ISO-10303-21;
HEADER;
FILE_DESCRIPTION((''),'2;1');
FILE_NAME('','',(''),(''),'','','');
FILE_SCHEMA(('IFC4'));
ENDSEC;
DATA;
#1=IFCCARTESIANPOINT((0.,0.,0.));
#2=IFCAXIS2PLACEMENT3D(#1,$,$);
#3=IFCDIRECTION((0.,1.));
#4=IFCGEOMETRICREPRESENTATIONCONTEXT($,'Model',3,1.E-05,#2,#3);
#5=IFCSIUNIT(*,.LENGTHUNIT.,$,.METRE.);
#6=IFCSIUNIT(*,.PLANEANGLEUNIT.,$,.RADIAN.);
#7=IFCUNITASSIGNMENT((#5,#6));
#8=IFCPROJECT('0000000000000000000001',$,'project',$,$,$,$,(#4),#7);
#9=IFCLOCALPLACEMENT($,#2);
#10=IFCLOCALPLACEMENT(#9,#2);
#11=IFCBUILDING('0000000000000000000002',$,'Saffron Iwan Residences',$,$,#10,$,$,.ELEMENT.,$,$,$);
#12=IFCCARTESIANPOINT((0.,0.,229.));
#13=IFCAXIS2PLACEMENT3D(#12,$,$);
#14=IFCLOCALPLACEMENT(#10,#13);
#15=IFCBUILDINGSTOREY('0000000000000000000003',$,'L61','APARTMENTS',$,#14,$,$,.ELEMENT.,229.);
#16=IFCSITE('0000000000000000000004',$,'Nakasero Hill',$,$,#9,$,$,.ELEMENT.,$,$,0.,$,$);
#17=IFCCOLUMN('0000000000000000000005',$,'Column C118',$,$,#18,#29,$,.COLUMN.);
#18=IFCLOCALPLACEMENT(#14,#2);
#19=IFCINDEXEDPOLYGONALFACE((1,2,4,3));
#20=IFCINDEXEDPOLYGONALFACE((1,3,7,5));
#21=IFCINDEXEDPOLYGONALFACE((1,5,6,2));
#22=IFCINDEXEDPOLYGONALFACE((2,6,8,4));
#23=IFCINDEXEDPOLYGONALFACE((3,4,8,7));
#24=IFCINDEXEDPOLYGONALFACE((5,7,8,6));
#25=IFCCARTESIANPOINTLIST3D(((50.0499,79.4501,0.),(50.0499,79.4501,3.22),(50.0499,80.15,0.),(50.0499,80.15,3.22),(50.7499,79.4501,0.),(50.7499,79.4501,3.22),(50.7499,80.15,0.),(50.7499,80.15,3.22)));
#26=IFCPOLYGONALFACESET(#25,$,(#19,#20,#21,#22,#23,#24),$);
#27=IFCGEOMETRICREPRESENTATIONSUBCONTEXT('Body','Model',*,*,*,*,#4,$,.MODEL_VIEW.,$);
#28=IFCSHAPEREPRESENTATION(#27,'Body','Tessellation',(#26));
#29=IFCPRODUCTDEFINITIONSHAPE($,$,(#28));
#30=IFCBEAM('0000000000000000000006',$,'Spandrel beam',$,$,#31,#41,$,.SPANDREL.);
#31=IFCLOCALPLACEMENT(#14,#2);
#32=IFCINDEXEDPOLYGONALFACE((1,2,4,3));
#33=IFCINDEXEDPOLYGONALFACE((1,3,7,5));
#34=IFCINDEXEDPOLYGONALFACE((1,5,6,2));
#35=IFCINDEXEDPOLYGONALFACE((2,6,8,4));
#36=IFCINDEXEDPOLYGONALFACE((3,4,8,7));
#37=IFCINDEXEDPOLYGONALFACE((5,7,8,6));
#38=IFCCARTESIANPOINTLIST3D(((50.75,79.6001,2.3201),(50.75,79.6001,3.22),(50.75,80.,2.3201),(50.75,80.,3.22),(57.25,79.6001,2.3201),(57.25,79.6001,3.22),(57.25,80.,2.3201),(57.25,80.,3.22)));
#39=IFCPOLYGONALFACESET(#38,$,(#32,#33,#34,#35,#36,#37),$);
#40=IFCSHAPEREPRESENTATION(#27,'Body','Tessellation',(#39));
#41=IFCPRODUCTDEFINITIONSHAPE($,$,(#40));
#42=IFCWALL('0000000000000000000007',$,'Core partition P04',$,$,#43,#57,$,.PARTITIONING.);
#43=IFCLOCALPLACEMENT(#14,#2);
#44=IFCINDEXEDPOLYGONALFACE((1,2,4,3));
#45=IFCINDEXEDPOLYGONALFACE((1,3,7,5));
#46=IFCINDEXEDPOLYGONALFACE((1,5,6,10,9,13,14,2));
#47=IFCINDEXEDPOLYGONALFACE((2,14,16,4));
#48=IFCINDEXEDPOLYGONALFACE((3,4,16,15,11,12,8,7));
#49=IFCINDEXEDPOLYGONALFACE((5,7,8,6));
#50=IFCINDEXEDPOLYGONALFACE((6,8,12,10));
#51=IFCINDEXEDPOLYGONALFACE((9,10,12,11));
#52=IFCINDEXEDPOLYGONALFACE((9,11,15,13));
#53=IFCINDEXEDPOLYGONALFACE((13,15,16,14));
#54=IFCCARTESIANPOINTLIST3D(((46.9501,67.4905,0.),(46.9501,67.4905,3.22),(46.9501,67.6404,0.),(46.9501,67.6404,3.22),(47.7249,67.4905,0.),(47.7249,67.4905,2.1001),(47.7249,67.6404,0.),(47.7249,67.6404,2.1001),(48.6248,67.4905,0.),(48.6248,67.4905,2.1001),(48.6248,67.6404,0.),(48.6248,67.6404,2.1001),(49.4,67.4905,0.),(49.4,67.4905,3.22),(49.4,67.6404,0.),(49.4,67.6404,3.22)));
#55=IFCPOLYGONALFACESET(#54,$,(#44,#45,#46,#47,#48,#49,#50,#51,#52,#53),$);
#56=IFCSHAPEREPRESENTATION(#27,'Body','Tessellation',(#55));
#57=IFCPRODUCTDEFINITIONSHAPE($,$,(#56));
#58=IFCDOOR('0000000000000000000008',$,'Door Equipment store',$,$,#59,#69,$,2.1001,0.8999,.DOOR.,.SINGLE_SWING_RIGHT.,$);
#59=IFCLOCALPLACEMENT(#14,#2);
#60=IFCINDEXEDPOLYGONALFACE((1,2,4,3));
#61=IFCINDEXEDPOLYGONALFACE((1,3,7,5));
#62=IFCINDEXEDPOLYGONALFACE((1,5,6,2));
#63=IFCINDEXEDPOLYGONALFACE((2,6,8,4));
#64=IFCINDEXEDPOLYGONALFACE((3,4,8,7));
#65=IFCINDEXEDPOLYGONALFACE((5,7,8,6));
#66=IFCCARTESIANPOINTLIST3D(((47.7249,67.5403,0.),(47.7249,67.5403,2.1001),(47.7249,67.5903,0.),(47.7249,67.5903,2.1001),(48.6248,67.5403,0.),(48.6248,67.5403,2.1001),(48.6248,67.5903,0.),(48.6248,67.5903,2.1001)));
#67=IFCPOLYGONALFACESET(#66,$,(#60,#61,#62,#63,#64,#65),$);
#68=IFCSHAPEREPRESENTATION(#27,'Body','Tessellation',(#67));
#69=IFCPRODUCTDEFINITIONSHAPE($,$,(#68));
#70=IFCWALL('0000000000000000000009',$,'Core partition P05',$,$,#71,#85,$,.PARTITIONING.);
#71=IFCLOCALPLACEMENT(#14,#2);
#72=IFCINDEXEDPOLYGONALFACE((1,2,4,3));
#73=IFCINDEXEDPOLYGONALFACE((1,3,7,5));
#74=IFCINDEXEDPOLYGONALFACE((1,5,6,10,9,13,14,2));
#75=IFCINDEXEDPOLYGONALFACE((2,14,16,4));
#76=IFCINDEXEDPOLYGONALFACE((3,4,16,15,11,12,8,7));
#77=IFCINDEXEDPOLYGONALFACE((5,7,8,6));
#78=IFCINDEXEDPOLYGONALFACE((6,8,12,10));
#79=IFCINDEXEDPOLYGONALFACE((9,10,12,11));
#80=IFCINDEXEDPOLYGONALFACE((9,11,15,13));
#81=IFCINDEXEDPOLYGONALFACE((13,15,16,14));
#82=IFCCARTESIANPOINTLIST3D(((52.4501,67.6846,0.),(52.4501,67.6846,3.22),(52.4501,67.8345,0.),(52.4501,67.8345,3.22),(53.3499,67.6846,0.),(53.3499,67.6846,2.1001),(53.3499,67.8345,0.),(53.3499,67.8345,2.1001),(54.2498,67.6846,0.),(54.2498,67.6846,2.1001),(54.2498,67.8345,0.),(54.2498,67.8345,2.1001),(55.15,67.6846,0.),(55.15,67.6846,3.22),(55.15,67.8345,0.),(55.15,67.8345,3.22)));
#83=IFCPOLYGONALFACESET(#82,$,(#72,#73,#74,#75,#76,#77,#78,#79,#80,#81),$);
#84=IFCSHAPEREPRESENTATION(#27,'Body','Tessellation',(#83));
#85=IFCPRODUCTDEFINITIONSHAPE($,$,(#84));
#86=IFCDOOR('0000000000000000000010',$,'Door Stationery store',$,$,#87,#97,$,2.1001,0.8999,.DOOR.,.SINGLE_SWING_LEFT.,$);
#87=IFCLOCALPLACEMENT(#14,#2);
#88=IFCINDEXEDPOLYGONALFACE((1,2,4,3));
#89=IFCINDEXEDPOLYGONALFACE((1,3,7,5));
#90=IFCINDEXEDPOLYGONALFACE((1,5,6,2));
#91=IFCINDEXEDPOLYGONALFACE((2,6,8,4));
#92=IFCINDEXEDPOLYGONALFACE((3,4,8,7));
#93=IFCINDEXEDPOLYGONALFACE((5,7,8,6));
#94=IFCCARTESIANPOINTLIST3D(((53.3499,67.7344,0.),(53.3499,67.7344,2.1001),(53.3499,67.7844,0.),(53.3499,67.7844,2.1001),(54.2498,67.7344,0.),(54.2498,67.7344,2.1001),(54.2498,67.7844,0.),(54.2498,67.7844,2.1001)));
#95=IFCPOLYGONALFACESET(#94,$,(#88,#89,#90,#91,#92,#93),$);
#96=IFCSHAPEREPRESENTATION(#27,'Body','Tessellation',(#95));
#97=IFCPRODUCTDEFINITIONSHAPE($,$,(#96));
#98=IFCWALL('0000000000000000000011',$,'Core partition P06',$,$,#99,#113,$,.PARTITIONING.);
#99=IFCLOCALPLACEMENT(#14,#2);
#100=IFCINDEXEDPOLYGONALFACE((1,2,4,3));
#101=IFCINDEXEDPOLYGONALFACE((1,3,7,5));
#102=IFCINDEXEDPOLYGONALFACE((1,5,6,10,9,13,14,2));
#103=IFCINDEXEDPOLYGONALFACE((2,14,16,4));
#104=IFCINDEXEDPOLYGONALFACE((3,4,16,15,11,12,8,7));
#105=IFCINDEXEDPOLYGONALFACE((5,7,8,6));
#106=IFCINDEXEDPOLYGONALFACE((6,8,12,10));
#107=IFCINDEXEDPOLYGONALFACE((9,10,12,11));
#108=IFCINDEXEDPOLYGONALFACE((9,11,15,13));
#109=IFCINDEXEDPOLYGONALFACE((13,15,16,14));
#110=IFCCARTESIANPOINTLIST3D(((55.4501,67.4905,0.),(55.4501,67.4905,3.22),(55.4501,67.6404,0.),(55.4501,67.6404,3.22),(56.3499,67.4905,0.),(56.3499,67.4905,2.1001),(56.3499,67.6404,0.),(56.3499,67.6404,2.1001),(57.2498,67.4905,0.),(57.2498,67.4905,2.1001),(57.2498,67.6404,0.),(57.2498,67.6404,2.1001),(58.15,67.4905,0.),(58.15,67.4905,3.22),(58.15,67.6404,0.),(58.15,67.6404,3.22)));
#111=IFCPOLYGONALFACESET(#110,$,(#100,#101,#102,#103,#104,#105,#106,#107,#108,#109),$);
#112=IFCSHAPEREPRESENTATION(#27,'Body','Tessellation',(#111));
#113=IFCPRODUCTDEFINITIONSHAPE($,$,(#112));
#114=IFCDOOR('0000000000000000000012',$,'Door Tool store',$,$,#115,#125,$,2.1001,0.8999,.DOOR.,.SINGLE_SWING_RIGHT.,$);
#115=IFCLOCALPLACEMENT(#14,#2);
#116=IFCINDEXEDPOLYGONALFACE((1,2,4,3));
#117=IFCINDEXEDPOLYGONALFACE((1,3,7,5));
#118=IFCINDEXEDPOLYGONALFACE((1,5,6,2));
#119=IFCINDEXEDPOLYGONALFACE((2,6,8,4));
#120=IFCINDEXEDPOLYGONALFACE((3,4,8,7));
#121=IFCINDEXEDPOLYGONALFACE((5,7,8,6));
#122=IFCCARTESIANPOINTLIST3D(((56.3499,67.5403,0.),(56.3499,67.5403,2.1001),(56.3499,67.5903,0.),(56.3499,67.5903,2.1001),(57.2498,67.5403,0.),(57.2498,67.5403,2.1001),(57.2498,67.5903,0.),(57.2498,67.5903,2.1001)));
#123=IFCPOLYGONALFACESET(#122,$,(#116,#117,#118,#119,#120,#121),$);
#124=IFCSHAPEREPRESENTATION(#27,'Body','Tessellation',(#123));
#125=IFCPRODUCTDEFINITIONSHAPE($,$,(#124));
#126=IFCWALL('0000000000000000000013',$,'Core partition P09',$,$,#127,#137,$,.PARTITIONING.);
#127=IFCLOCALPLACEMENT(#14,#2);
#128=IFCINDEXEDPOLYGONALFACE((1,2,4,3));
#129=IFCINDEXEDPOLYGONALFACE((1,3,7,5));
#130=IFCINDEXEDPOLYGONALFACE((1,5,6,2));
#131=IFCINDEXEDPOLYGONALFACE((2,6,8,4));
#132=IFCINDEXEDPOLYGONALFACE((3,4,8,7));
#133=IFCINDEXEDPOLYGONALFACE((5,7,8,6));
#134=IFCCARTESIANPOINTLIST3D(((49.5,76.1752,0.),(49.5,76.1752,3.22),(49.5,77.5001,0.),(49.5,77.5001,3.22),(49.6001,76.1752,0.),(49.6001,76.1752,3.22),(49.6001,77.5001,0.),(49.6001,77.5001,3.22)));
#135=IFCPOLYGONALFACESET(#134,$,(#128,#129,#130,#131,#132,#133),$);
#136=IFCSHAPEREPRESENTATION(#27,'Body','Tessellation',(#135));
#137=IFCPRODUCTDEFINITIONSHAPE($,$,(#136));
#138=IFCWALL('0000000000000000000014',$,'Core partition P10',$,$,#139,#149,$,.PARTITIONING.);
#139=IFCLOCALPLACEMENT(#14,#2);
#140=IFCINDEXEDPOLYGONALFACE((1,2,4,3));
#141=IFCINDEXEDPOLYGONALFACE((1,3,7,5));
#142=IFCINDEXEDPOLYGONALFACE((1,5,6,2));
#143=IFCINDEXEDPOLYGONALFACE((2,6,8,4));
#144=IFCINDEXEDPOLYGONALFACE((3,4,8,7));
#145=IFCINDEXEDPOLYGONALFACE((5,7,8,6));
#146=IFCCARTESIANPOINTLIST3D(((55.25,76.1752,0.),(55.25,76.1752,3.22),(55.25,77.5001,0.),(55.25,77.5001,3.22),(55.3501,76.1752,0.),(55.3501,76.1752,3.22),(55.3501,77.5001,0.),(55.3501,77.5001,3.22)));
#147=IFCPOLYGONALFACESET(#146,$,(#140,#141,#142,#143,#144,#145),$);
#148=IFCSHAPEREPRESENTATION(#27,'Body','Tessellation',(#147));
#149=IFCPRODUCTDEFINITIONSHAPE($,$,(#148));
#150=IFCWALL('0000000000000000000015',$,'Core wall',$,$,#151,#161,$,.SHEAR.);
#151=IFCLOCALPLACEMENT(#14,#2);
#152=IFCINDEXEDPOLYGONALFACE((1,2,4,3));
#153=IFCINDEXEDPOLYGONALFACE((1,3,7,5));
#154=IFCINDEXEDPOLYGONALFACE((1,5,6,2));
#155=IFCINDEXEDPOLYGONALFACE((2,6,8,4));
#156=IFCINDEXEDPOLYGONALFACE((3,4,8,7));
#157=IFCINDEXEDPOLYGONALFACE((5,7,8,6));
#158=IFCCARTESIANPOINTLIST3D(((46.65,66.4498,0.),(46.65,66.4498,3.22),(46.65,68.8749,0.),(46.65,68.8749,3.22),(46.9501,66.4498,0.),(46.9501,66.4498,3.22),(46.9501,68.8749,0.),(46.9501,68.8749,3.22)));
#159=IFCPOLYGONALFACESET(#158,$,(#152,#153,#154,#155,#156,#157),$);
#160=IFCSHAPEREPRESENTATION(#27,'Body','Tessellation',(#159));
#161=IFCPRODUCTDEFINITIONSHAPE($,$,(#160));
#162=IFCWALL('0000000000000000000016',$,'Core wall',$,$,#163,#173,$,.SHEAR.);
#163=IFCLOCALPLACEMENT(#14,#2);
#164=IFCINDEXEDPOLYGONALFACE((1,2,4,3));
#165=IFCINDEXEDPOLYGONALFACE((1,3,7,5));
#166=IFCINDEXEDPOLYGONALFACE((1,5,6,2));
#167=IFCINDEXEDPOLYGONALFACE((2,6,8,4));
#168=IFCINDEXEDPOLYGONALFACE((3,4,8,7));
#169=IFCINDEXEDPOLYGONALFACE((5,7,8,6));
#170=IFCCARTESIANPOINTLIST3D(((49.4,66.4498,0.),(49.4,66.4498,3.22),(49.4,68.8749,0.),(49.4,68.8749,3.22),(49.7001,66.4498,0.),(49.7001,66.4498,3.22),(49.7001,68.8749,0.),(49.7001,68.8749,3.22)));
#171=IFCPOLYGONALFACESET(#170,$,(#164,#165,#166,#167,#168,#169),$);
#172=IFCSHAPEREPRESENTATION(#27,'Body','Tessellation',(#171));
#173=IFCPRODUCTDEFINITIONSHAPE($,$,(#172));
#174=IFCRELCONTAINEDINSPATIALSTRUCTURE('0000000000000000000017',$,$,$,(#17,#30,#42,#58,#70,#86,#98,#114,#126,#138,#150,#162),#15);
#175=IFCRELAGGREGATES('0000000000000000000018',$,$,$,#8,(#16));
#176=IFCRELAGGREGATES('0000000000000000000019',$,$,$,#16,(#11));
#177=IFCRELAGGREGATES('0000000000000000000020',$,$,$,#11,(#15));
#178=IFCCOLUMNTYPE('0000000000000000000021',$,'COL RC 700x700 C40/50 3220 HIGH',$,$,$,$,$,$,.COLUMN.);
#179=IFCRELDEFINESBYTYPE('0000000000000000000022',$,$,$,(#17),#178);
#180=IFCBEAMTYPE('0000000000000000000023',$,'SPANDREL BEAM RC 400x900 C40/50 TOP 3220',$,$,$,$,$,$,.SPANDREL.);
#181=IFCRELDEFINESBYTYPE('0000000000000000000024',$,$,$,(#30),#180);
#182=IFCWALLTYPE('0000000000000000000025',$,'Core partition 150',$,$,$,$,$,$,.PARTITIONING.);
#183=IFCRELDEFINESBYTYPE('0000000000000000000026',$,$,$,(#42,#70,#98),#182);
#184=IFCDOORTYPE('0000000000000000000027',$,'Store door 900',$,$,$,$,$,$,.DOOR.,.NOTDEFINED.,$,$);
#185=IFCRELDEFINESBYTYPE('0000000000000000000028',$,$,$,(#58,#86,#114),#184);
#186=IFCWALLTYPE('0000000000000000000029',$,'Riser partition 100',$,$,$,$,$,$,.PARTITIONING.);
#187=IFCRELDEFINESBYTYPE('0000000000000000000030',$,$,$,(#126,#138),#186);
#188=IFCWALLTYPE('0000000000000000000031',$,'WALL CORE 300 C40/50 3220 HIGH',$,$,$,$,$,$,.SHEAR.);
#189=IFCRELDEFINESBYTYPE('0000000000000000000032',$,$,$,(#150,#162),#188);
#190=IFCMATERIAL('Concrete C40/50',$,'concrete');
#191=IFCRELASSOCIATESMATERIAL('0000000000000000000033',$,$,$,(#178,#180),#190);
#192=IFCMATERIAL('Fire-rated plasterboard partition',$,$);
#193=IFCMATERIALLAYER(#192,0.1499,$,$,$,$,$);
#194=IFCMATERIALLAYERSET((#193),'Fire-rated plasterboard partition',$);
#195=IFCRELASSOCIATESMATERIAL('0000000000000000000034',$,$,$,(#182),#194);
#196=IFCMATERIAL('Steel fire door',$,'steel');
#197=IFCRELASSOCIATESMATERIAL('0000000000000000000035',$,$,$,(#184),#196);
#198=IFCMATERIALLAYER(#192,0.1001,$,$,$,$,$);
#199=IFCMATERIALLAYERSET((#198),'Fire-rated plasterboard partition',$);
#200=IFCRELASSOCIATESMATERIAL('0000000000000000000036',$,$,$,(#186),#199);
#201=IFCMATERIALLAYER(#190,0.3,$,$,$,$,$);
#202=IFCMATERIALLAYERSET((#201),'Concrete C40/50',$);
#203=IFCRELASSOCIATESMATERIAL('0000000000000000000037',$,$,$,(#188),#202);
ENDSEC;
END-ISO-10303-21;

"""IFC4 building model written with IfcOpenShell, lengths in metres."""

from ifc_helpers import new_model, si_unit, direction, frame, frame_2d, origin, origin_2d, place, context, subcontext, project, spatial, rectangle, extrude, source, transform, mapped, material, layer, layer_set, material_profile, profile_set, type_object, element, fill, save


model = new_model("IFC4")

# Units and contexts
model_context = context("Model", 3, precision=1e-05, world=origin(), true_north=direction((0.0, 1.0)))
body_context = subcontext(model_context, "Body", "Model", "MODEL_VIEW")
ifc_project = project(units=[si_unit("LENGTHUNIT", "METRE"), si_unit("PLANEANGLEUNIT", "RADIAN")], contexts=[model_context])

# Site, building, storey
site_placement = place(None, origin())
site = spatial("IfcSite", under=ifc_project, at=site_placement, Name="Nakasero Hill", CompositionType="ELEMENT", RefElevation=0.0)
building_placement = place(site_placement, origin())
building = spatial("IfcBuilding", under=site, at=building_placement, Name="Saffron Iwan Residences", CompositionType="ELEMENT")
storey_placement = place(building_placement, frame((0.0, 0.0, 229.0)))
storey = spatial("IfcBuildingStorey", under=building, at=storey_placement, Name="L61", Description="APARTMENTS", CompositionType="ELEMENT", Elevation=229.0)

# Column
ifc_material_1 = material(Name="Concrete C40/50", Category="concrete")
ifc_material_profile_1 = material_profile(ifc_material_1, rectangle(XDim=0.7, YDim=0.7, at=origin_2d()), Name="RC 700x700")
ifc_profile_set_1 = profile_set([ifc_material_profile_1], Name="Concrete C40/50")
column_type = type_object("IfcColumnType", Name="COL RC 700x700 C40/50 3220 HIGH", PredefinedType="COLUMN", material=ifc_profile_set_1)
shared_shape_1 = source(origin(), body_context, "Body", "SweptSolid", [
    extrude(rectangle(XDim=0.7, YDim=0.7, at=origin_2d()), origin(), (0.0, 0.0, 1.0), 3.22),
])
column_placement = place(storey_placement, frame((50.3999, 79.8, 0.0), z_axis=(0.0, 0.0, 1.0), x_axis=(1.0, 0.0, 0.0)))
element("IfcColumn", 1, at=column_placement, inside=storey, type_object=column_type, Name="Column C118", PredefinedType="COLUMN", context=body_context, shape_type="MappedRepresentation", body=[
    mapped(shared_shape_1, transform((0.0, 0.0, 0.0))),
])

# Beam
ifc_material_profile_2 = material_profile(ifc_material_1, rectangle(XDim=0.3999, YDim=0.8999, at=origin_2d()), Name="RC 400x900")
ifc_profile_set_2 = profile_set([ifc_material_profile_2], Name="Concrete C40/50")
beam_type = type_object("IfcBeamType", Name="SPANDREL BEAM RC 400x900 C40/50 TOP 3220", PredefinedType="SPANDREL", material=ifc_profile_set_2)
shared_shape_2 = source(origin(), body_context, "Body", "SweptSolid", [
    extrude(rectangle(XDim=0.3999, YDim=0.8999, at=origin_2d()), origin(), (0.0, 0.0, 1.0), 6.5),
])
beam_placement = place(storey_placement, frame((50.75, 79.8, 2.77), z_axis=(1.0, 0.0, 0.0), x_axis=(0.0, 1.0, 0.0)))
element("IfcBeam", 2, at=beam_placement, inside=storey, type_object=beam_type, Name="Spandrel beam", PredefinedType="SPANDREL", context=body_context, shape_type="MappedRepresentation", body=[
    mapped(shared_shape_2, transform((0.0, 0.0, 0.0))),
])

# Walls, openings, doors
ifc_material_2 = material(Name="Fire-rated plasterboard partition")
ifc_layer_1 = layer(ifc_material_2, 0.1499)
ifc_layer_set_1 = layer_set([ifc_layer_1], Name="Fire-rated plasterboard partition")
wall_type_1 = type_object("IfcWallType", Name="Core partition 150", PredefinedType="PARTITIONING", material=ifc_layer_set_1)
wall_1_placement = place(storey_placement, frame((46.95, 67.5654, 0.0), z_axis=(0.0, 0.0, 1.0), x_axis=(1.0, 0.0, 0.0)))
wall_1 = element("IfcWall", 3, at=wall_1_placement, inside=storey, type_object=wall_type_1, Name="Core partition P04", PredefinedType="PARTITIONING", context=body_context, shape_type="SweptSolid", body=[
    extrude(rectangle(XDim=2.45, YDim=0.1499, at=frame_2d((1.2251, 0.0))), origin(), (0.0, 0.0, 1.0), 3.22),
])
opening_1_placement = place(wall_1_placement, frame((0.7749, 0.0, 0.0)))
opening_1 = element("IfcOpeningElement", 4, at=opening_1_placement, cuts=wall_1, PredefinedType="OPENING", context=body_context, shape_type="SweptSolid", body=[
    extrude(rectangle(XDim=0.8999, YDim=2.1001, at=frame_2d((0.45, 1.05))), frame((0.0, 0.085, 0.0), z_axis=(0.0, -1.0, 0.0), x_axis=(1.0, 0.0, 0.0)), (0.0, 0.0, 1.0), 0.1699),
])
ifc_material_3 = material(Name="Steel fire door", Category="steel")
door_type = type_object("IfcDoorType", Name="Store door 900", OperationType="NOTDEFINED", PredefinedType="DOOR", material=ifc_material_3)
door_1_placement = place(opening_1_placement, origin())
door_1 = element("IfcDoor", 5, at=door_1_placement, inside=storey, type_object=door_type, Name="Door Equipment store", OperationType="SINGLE_SWING_RIGHT", OverallHeight=2.1001, OverallWidth=0.8999, PredefinedType="DOOR", context=body_context, shape_type="SweptSolid", body=[
    extrude(rectangle(XDim=0.8999, YDim=2.1001, at=frame_2d((0.45, 1.05))), frame((0.0, 0.0249, 0.0), z_axis=(0.0, -1.0, 0.0), x_axis=(1.0, 0.0, 0.0)), (0.0, 0.0, 1.0), 0.05),
])
fill(opening_1, door_1)
wall_2_placement = place(storey_placement, frame((52.45, 67.7595, 0.0), z_axis=(0.0, 0.0, 1.0), x_axis=(1.0, 0.0, 0.0)))
wall_2 = element("IfcWall", 6, at=wall_2_placement, inside=storey, type_object=wall_type_1, Name="Core partition P05", PredefinedType="PARTITIONING", context=body_context, shape_type="SweptSolid", body=[
    extrude(rectangle(XDim=2.7, YDim=0.1499, at=frame_2d((1.3501, 0.0))), origin(), (0.0, 0.0, 1.0), 3.22),
])
opening_2_placement = place(wall_2_placement, frame((0.8999, 0.0, 0.0)))
opening_2 = element("IfcOpeningElement", 7, at=opening_2_placement, cuts=wall_2, PredefinedType="OPENING", context=body_context, shape_type="SweptSolid", body=[
    extrude(rectangle(XDim=0.8999, YDim=2.1001, at=frame_2d((0.45, 1.05))), frame((0.0, 0.085, 0.0), z_axis=(0.0, -1.0, 0.0), x_axis=(1.0, 0.0, 0.0)), (0.0, 0.0, 1.0), 0.1699),
])
door_2_placement = place(opening_2_placement, origin())
door_2 = element("IfcDoor", 8, at=door_2_placement, inside=storey, type_object=door_type, Name="Door Stationery store", OperationType="SINGLE_SWING_LEFT", OverallHeight=2.1001, OverallWidth=0.8999, PredefinedType="DOOR", context=body_context, shape_type="SweptSolid", body=[
    extrude(rectangle(XDim=0.8999, YDim=2.1001, at=frame_2d((0.45, 1.05))), frame((0.0, 0.0249, 0.0), z_axis=(0.0, -1.0, 0.0), x_axis=(1.0, 0.0, 0.0)), (0.0, 0.0, 1.0), 0.05),
])
fill(opening_2, door_2)
wall_3_placement = place(storey_placement, frame((55.45, 67.5654, 0.0), z_axis=(0.0, 0.0, 1.0), x_axis=(1.0, 0.0, 0.0)))
wall_3 = element("IfcWall", 9, at=wall_3_placement, inside=storey, type_object=wall_type_1, Name="Core partition P06", PredefinedType="PARTITIONING", context=body_context, shape_type="SweptSolid", body=[
    extrude(rectangle(XDim=2.7, YDim=0.1499, at=frame_2d((1.3501, 0.0))), origin(), (0.0, 0.0, 1.0), 3.22),
])
opening_3_placement = place(wall_3_placement, frame((0.8999, 0.0, 0.0)))
opening_3 = element("IfcOpeningElement", 10, at=opening_3_placement, cuts=wall_3, PredefinedType="OPENING", context=body_context, shape_type="SweptSolid", body=[
    extrude(rectangle(XDim=0.8999, YDim=2.1001, at=frame_2d((0.45, 1.05))), frame((0.0, 0.085, 0.0), z_axis=(0.0, -1.0, 0.0), x_axis=(1.0, 0.0, 0.0)), (0.0, 0.0, 1.0), 0.1699),
])
door_3_placement = place(opening_3_placement, origin())
door_3 = element("IfcDoor", 11, at=door_3_placement, inside=storey, type_object=door_type, Name="Door Tool store", OperationType="SINGLE_SWING_RIGHT", OverallHeight=2.1001, OverallWidth=0.8999, PredefinedType="DOOR", context=body_context, shape_type="SweptSolid", body=[
    extrude(rectangle(XDim=0.8999, YDim=2.1001, at=frame_2d((0.45, 1.05))), frame((0.0, 0.0249, 0.0), z_axis=(0.0, -1.0, 0.0), x_axis=(1.0, 0.0, 0.0)), (0.0, 0.0, 1.0), 0.05),
])
fill(opening_3, door_3)

# Walls
ifc_layer_2 = layer(ifc_material_2, 0.1001)
ifc_layer_set_2 = layer_set([ifc_layer_2], Name="Fire-rated plasterboard partition")
wall_type_2 = type_object("IfcWallType", Name="Riser partition 100", PredefinedType="PARTITIONING", material=ifc_layer_set_2)
for number, where, z_axis, x_axis, name in (
    (12, (49.55, 76.175, 0.0), (0.0, 0.0, 1.0), (0.0, 1.0, 0.0), "Core partition P09"),
    (13, (55.3, 76.175, 0.0), (0.0, 0.0, 1.0), (0.0, 1.0, 0.0), "Core partition P10"),
):
    element("IfcWall", number, at=place(storey_placement, frame(where, z_axis=z_axis, x_axis=x_axis)), inside=storey, type_object=wall_type_2, Name=name, PredefinedType="PARTITIONING", context=body_context, shape_type="SweptSolid", body=[
        extrude(rectangle(XDim=1.325, YDim=0.1001, at=frame_2d((0.6626, 0.0))), origin(), (0.0, 0.0, 1.0), 3.22),
    ])
ifc_layer_3 = layer(ifc_material_1, 0.3)
ifc_layer_set_3 = layer_set([ifc_layer_3], Name="Concrete C40/50")
wall_type_3 = type_object("IfcWallType", Name="WALL CORE 300 C40/50 3220 HIGH", PredefinedType="SHEAR", material=ifc_layer_set_3)
for number, where, z_axis, x_axis, name in (
    (14, (46.8, 66.45, 0.0), (0.0, 0.0, 1.0), (0.0, 1.0, 0.0), "Core wall"),
    (15, (49.55, 66.45, 0.0), (0.0, 0.0, 1.0), (0.0, 1.0, 0.0), "Core wall"),
):
    element("IfcWall", number, at=place(storey_placement, frame(where, z_axis=z_axis, x_axis=x_axis)), inside=storey, type_object=wall_type_3, Name=name, PredefinedType="SHEAR", context=body_context, shape_type="SweptSolid", body=[
        extrude(rectangle(XDim=2.425, YDim=0.3, at=frame_2d((1.2124, 0.0))), origin(), (0.0, 0.0, 1.0), 3.22),
    ])

save(model, "model.ifc")
